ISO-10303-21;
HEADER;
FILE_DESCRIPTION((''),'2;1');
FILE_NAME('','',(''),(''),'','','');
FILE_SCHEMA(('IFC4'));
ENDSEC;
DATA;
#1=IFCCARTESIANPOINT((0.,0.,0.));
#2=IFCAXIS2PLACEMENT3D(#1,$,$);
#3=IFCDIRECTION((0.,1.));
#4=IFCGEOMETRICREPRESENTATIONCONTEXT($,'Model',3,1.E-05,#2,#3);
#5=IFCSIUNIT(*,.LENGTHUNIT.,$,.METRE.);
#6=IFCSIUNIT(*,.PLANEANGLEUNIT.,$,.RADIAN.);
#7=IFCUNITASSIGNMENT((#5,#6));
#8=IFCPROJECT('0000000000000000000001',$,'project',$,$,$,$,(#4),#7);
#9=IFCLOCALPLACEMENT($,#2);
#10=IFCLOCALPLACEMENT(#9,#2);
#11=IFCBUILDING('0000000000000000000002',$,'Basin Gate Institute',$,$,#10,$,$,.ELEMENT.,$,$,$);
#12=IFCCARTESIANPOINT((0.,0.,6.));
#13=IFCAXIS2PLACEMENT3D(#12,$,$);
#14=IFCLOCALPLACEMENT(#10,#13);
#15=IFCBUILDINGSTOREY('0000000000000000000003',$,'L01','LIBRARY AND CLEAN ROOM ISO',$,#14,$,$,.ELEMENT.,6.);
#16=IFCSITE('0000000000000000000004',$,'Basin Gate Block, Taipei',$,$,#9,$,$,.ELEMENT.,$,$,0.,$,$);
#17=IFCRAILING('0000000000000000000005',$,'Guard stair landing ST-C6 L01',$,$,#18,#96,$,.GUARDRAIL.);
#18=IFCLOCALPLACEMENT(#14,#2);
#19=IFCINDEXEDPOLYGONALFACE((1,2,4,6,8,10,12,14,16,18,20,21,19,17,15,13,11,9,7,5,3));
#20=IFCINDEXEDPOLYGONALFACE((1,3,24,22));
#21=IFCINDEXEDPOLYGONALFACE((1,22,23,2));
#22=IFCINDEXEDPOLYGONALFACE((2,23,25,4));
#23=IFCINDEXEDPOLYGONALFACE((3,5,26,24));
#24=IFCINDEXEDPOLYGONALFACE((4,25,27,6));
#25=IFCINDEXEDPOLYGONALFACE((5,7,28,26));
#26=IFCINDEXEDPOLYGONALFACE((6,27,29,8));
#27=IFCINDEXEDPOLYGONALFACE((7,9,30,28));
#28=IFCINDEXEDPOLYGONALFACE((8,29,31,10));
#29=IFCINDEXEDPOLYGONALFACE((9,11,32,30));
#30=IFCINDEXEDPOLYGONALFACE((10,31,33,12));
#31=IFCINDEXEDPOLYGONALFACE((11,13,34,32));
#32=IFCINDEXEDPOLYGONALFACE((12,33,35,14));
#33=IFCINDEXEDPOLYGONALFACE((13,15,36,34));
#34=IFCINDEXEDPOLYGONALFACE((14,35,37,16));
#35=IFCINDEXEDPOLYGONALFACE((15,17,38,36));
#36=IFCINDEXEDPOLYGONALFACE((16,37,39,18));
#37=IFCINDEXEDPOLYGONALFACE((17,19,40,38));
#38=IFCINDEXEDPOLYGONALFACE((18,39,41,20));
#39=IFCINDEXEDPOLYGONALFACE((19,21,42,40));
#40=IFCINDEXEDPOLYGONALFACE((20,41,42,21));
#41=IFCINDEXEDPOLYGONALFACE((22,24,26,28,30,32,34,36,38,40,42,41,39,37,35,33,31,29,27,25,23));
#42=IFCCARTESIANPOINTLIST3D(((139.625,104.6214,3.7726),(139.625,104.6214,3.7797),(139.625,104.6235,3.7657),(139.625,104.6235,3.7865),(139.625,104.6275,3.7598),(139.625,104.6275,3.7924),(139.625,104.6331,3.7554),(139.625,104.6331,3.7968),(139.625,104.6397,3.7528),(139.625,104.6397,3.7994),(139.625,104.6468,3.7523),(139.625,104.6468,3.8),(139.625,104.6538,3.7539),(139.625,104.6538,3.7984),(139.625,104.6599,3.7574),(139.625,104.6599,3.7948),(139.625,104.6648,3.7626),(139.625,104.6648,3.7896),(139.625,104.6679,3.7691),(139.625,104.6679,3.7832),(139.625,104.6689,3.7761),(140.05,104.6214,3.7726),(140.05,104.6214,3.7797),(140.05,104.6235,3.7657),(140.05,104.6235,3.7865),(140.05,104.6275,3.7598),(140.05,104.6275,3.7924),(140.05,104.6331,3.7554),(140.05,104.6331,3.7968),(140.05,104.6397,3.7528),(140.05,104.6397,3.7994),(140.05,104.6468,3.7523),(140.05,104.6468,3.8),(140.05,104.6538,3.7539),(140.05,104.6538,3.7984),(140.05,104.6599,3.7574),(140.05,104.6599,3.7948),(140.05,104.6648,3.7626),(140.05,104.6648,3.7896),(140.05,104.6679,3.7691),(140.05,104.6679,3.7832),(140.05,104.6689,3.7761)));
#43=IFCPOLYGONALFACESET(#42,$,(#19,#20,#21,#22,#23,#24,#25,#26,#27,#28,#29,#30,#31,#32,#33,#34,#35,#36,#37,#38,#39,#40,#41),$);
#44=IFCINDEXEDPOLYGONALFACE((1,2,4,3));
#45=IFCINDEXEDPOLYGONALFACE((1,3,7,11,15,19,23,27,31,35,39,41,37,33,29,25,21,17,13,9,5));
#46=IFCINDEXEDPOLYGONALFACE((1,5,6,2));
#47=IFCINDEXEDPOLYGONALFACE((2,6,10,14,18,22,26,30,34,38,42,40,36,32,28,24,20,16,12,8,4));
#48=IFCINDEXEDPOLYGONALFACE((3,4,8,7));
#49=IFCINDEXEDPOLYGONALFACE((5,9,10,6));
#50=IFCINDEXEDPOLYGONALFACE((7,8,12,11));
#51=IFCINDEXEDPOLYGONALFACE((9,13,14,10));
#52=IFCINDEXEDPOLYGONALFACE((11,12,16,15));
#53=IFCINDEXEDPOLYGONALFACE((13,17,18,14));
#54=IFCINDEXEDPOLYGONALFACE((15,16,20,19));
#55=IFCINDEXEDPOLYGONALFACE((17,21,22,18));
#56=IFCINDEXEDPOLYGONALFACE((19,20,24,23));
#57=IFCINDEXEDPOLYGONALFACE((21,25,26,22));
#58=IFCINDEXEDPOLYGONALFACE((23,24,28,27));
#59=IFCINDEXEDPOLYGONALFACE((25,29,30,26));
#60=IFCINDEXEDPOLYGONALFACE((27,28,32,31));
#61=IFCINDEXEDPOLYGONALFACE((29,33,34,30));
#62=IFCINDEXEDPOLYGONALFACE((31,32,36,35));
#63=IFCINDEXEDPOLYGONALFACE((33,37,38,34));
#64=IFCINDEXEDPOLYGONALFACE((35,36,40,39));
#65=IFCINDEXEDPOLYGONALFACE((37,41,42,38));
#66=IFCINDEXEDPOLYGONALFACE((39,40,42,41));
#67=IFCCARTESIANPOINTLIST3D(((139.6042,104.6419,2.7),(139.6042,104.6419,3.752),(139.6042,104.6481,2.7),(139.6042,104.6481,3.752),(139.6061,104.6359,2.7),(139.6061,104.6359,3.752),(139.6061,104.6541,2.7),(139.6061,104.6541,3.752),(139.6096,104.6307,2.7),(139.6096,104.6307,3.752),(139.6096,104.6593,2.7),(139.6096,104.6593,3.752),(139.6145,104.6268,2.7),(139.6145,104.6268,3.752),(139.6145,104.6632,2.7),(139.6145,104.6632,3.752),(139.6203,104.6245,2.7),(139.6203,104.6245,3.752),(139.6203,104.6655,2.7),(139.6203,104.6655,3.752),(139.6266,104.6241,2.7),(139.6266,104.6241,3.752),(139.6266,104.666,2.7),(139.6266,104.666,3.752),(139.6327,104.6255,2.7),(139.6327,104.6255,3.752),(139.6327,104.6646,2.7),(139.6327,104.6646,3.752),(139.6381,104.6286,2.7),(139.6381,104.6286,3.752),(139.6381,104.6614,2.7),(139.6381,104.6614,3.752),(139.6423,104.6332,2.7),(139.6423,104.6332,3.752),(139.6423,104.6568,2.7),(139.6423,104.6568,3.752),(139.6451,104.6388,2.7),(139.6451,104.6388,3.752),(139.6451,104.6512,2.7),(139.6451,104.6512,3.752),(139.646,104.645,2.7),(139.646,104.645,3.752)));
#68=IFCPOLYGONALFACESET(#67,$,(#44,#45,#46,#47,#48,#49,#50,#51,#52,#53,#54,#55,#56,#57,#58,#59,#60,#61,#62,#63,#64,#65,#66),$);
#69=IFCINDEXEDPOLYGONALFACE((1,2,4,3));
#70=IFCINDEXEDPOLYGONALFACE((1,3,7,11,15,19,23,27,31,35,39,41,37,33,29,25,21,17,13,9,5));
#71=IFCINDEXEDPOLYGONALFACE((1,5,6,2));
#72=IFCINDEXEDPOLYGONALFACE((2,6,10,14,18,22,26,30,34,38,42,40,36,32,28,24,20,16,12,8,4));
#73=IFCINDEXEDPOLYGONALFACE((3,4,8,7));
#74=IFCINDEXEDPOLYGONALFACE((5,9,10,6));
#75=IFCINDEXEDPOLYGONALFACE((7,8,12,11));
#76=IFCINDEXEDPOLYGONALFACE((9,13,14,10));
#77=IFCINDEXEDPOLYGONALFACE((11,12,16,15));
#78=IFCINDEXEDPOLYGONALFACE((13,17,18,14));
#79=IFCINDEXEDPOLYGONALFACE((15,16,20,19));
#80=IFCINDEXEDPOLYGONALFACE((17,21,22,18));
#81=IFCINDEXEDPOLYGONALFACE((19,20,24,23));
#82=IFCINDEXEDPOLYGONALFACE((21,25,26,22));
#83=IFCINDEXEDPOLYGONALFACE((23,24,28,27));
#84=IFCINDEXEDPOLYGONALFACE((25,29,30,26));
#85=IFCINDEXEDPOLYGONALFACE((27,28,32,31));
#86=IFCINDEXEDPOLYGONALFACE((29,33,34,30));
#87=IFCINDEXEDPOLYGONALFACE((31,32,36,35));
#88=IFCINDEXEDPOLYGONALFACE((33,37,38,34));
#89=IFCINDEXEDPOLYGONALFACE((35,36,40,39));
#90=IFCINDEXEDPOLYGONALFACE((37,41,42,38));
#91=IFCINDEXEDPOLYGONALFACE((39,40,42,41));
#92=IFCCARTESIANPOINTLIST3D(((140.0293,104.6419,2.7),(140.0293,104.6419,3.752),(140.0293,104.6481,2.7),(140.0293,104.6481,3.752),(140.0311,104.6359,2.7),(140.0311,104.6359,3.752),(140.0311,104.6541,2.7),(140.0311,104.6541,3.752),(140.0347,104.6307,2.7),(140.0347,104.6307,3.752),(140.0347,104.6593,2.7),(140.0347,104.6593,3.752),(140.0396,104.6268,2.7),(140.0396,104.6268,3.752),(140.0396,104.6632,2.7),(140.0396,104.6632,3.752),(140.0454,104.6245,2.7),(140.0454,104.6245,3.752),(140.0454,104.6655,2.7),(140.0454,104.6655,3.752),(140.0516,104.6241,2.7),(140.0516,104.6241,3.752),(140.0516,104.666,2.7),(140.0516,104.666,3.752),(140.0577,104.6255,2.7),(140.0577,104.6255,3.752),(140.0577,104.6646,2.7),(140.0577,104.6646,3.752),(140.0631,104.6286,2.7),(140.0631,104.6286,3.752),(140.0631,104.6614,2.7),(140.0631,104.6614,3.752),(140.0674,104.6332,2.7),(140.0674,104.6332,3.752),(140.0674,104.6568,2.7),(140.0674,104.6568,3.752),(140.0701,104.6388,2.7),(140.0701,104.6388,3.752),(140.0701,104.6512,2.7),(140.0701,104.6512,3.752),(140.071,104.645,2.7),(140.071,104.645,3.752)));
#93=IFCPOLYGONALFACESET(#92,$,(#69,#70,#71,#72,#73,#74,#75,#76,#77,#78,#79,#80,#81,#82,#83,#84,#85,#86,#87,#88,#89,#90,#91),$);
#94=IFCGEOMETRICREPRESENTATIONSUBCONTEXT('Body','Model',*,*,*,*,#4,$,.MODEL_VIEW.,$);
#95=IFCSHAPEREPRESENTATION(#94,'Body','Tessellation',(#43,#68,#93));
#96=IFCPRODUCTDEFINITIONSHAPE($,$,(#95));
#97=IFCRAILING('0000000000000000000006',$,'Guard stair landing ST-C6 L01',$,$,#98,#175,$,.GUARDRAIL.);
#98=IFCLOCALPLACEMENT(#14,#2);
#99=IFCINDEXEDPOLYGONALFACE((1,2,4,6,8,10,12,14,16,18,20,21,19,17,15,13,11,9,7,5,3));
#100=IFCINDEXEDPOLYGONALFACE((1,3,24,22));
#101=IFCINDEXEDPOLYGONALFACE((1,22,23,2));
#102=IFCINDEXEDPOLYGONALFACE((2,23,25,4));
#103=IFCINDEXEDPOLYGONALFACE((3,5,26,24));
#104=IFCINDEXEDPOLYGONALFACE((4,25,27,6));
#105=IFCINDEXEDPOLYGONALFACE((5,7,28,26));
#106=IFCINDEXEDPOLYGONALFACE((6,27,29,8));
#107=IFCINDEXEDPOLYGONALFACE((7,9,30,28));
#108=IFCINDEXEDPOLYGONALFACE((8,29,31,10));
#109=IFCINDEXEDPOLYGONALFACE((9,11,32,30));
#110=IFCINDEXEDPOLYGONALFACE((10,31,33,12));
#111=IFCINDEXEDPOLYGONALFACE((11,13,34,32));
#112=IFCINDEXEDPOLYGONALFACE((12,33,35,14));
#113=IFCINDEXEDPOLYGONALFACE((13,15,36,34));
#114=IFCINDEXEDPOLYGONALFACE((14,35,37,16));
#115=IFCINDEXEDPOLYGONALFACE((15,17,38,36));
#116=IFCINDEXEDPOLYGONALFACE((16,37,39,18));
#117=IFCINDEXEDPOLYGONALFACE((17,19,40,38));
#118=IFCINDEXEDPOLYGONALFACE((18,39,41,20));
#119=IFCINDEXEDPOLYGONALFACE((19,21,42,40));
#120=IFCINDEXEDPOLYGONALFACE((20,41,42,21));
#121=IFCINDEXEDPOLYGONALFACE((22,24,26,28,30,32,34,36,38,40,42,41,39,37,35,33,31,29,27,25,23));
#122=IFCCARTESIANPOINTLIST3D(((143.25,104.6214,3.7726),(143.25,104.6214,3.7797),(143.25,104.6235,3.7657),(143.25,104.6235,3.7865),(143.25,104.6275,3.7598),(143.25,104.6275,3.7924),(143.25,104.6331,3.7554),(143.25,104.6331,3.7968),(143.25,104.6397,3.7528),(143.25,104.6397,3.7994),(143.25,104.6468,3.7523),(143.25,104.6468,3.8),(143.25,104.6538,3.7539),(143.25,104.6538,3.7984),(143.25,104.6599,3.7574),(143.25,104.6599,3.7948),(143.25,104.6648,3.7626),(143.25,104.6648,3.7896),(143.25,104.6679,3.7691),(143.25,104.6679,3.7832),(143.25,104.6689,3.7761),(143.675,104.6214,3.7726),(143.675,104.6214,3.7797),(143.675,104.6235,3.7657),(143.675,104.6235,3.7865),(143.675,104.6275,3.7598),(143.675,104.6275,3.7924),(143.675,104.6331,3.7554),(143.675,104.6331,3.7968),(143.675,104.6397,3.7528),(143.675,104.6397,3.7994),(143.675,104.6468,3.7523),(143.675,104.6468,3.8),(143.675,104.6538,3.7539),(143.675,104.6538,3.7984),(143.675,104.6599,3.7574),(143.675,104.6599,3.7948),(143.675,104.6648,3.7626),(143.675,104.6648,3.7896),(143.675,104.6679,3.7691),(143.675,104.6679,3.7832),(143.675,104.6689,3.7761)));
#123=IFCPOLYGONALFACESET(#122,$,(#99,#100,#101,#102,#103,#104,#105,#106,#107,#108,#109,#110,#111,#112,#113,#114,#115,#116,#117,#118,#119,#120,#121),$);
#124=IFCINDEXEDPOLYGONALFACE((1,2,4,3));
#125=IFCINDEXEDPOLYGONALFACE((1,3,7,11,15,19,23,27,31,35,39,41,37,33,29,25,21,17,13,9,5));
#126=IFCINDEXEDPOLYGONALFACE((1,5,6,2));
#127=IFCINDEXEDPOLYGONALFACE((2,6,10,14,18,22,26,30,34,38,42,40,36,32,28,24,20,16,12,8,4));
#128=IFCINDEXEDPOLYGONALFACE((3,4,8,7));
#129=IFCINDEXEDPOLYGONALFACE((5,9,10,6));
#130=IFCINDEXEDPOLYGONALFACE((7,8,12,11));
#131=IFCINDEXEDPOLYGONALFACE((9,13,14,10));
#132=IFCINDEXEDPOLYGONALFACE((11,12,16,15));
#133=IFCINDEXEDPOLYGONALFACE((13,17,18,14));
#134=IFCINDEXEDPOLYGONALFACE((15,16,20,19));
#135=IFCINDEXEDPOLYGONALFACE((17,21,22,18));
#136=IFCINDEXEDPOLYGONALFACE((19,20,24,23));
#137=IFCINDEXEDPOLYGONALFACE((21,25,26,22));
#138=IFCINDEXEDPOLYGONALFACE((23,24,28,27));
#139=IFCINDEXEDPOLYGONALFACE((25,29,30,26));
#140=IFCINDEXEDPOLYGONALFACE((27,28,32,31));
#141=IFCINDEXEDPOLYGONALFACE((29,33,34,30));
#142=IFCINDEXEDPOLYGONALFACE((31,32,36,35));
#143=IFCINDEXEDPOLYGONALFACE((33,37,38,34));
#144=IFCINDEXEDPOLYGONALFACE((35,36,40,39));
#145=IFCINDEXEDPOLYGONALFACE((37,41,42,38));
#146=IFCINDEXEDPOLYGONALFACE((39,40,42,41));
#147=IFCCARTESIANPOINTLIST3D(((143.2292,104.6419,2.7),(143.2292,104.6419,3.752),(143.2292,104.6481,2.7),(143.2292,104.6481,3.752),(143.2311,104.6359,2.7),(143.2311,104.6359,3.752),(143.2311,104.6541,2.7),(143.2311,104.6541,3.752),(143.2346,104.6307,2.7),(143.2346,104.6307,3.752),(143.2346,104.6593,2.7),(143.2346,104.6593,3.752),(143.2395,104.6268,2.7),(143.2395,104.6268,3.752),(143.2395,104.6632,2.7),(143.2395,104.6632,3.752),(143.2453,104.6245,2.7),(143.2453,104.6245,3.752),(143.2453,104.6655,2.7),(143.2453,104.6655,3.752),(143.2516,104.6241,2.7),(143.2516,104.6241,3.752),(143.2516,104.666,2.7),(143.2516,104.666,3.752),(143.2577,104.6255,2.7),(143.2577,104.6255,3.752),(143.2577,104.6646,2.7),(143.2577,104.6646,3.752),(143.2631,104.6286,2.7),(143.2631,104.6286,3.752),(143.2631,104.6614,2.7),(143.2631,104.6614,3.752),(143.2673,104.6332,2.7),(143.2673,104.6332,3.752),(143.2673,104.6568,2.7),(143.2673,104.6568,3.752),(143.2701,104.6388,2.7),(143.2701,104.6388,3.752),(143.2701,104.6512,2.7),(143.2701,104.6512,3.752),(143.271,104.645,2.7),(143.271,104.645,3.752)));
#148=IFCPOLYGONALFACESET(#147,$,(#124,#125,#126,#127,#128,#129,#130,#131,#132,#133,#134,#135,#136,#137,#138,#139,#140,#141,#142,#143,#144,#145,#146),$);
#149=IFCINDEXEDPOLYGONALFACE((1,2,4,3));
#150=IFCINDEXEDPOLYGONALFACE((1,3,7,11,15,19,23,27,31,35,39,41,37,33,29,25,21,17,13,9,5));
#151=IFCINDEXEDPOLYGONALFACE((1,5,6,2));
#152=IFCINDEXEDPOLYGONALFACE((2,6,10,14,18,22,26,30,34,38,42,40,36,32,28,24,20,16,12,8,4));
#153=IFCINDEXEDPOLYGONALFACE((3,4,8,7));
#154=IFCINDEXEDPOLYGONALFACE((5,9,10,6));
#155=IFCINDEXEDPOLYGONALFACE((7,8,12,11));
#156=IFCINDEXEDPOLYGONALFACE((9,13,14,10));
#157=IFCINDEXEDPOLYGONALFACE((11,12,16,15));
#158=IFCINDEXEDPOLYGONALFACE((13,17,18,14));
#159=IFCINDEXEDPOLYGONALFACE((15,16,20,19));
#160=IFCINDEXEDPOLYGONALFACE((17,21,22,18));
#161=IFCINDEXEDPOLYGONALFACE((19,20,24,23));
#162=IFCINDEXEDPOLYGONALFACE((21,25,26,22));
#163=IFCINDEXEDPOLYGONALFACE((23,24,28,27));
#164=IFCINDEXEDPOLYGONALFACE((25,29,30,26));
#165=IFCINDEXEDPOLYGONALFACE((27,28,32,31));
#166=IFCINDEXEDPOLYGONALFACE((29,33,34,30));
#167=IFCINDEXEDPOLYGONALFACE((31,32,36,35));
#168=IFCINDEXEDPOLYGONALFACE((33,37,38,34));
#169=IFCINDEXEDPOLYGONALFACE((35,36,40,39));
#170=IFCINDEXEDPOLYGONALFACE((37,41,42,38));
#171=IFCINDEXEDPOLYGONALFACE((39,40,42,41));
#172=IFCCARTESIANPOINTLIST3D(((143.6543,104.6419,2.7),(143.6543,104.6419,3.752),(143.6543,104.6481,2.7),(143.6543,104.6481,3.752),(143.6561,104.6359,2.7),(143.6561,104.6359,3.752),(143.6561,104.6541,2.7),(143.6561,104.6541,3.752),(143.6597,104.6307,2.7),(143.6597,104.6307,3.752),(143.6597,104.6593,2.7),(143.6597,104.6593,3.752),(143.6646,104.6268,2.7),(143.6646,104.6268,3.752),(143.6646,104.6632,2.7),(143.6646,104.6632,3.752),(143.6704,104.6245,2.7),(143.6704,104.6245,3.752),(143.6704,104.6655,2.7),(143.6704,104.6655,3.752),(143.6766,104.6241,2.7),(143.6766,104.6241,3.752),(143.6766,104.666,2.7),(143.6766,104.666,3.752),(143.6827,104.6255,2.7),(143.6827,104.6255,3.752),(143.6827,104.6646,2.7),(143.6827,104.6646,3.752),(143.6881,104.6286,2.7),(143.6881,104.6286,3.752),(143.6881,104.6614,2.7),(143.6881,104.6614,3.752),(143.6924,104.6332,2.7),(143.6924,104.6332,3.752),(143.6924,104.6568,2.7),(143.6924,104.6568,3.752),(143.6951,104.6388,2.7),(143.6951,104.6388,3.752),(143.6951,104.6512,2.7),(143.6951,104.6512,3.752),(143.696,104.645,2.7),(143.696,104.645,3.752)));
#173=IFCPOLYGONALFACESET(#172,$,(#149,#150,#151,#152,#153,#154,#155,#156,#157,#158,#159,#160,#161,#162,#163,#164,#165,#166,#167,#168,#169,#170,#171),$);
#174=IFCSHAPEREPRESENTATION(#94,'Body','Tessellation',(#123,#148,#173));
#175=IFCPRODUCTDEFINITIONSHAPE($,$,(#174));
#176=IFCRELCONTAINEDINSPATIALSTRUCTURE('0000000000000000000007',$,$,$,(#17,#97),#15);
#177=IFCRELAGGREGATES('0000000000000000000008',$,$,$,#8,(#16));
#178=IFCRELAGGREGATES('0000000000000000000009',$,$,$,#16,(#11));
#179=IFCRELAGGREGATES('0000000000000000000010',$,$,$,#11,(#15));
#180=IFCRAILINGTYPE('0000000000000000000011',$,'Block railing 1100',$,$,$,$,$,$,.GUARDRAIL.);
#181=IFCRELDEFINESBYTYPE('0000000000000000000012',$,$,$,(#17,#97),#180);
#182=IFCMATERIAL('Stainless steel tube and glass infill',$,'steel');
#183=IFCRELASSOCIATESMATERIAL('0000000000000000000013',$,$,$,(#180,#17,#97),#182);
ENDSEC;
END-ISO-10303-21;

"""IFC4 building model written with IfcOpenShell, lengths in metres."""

from ifc_helpers import new_model, si_unit, direction, frame, origin, origin_2d, place, context, subcontext, project, spatial, circle, extrude, material, type_object, element, save


model = new_model("IFC4")

# Units and contexts
model_context = context("Model", 3, precision=1e-05, world=origin(), true_north=direction((0.0, 1.0)))
body_context = subcontext(model_context, "Body", "Model", "MODEL_VIEW")
ifc_project = project(units=[si_unit("LENGTHUNIT", "METRE"), si_unit("PLANEANGLEUNIT", "RADIAN")], contexts=[model_context])

# Site, building, storey
site_placement = place(None, origin())
site = spatial("IfcSite", under=ifc_project, at=site_placement, Name="Basin Gate Block, Taipei", CompositionType="ELEMENT", RefElevation=0.0)
building_placement = place(site_placement, origin())
building = spatial("IfcBuilding", under=site, at=building_placement, Name="Basin Gate Institute", CompositionType="ELEMENT")
storey_placement = place(building_placement, frame((0.0, 0.0, 6.0)))
storey = spatial("IfcBuildingStorey", under=building, at=storey_placement, Name="L01", Description="LIBRARY AND CLEAN ROOM ISO", CompositionType="ELEMENT", Elevation=6.0)

# Railings
ifc_material_1 = material(Name="Stainless steel tube and glass infill", Category="steel")
railing_type_1 = type_object("IfcRailingType", Name="Block railing 1100", PredefinedType="GUARDRAIL", material=ifc_material_1)
for number, where, name in (
    (1, (139.625, 104.645, 2.7), "Guard stair landing ST-C6 L01"),
    (2, (143.25, 104.645, 2.7), "Guard stair landing ST-C6 L01"),
):
    element("IfcRailing", number, at=place(storey_placement, frame(where)), inside=storey, type_object=railing_type_1, material=ifc_material_1, Name=name, PredefinedType="GUARDRAIL", context=body_context, shape_type="SweptSolid", body=[
        extrude(circle(Radius=0.0239, at=origin_2d()), frame((0.0, 0.0, 1.0762), z_axis=(1.0, 0.0, 0.0), x_axis=(0.0, 1.0, 0.0)), (0.0, 0.0, 1.0), 0.425),
        extrude(circle(Radius=0.021, at=origin_2d()), origin(), (0.0, 0.0, 1.0), 1.052),
        extrude(circle(Radius=0.021, at=origin_2d()), frame((0.425, 0.0, 0.0)), (0.0, 0.0, 1.0), 1.052),
    ])

save(model, "model.ifc")
